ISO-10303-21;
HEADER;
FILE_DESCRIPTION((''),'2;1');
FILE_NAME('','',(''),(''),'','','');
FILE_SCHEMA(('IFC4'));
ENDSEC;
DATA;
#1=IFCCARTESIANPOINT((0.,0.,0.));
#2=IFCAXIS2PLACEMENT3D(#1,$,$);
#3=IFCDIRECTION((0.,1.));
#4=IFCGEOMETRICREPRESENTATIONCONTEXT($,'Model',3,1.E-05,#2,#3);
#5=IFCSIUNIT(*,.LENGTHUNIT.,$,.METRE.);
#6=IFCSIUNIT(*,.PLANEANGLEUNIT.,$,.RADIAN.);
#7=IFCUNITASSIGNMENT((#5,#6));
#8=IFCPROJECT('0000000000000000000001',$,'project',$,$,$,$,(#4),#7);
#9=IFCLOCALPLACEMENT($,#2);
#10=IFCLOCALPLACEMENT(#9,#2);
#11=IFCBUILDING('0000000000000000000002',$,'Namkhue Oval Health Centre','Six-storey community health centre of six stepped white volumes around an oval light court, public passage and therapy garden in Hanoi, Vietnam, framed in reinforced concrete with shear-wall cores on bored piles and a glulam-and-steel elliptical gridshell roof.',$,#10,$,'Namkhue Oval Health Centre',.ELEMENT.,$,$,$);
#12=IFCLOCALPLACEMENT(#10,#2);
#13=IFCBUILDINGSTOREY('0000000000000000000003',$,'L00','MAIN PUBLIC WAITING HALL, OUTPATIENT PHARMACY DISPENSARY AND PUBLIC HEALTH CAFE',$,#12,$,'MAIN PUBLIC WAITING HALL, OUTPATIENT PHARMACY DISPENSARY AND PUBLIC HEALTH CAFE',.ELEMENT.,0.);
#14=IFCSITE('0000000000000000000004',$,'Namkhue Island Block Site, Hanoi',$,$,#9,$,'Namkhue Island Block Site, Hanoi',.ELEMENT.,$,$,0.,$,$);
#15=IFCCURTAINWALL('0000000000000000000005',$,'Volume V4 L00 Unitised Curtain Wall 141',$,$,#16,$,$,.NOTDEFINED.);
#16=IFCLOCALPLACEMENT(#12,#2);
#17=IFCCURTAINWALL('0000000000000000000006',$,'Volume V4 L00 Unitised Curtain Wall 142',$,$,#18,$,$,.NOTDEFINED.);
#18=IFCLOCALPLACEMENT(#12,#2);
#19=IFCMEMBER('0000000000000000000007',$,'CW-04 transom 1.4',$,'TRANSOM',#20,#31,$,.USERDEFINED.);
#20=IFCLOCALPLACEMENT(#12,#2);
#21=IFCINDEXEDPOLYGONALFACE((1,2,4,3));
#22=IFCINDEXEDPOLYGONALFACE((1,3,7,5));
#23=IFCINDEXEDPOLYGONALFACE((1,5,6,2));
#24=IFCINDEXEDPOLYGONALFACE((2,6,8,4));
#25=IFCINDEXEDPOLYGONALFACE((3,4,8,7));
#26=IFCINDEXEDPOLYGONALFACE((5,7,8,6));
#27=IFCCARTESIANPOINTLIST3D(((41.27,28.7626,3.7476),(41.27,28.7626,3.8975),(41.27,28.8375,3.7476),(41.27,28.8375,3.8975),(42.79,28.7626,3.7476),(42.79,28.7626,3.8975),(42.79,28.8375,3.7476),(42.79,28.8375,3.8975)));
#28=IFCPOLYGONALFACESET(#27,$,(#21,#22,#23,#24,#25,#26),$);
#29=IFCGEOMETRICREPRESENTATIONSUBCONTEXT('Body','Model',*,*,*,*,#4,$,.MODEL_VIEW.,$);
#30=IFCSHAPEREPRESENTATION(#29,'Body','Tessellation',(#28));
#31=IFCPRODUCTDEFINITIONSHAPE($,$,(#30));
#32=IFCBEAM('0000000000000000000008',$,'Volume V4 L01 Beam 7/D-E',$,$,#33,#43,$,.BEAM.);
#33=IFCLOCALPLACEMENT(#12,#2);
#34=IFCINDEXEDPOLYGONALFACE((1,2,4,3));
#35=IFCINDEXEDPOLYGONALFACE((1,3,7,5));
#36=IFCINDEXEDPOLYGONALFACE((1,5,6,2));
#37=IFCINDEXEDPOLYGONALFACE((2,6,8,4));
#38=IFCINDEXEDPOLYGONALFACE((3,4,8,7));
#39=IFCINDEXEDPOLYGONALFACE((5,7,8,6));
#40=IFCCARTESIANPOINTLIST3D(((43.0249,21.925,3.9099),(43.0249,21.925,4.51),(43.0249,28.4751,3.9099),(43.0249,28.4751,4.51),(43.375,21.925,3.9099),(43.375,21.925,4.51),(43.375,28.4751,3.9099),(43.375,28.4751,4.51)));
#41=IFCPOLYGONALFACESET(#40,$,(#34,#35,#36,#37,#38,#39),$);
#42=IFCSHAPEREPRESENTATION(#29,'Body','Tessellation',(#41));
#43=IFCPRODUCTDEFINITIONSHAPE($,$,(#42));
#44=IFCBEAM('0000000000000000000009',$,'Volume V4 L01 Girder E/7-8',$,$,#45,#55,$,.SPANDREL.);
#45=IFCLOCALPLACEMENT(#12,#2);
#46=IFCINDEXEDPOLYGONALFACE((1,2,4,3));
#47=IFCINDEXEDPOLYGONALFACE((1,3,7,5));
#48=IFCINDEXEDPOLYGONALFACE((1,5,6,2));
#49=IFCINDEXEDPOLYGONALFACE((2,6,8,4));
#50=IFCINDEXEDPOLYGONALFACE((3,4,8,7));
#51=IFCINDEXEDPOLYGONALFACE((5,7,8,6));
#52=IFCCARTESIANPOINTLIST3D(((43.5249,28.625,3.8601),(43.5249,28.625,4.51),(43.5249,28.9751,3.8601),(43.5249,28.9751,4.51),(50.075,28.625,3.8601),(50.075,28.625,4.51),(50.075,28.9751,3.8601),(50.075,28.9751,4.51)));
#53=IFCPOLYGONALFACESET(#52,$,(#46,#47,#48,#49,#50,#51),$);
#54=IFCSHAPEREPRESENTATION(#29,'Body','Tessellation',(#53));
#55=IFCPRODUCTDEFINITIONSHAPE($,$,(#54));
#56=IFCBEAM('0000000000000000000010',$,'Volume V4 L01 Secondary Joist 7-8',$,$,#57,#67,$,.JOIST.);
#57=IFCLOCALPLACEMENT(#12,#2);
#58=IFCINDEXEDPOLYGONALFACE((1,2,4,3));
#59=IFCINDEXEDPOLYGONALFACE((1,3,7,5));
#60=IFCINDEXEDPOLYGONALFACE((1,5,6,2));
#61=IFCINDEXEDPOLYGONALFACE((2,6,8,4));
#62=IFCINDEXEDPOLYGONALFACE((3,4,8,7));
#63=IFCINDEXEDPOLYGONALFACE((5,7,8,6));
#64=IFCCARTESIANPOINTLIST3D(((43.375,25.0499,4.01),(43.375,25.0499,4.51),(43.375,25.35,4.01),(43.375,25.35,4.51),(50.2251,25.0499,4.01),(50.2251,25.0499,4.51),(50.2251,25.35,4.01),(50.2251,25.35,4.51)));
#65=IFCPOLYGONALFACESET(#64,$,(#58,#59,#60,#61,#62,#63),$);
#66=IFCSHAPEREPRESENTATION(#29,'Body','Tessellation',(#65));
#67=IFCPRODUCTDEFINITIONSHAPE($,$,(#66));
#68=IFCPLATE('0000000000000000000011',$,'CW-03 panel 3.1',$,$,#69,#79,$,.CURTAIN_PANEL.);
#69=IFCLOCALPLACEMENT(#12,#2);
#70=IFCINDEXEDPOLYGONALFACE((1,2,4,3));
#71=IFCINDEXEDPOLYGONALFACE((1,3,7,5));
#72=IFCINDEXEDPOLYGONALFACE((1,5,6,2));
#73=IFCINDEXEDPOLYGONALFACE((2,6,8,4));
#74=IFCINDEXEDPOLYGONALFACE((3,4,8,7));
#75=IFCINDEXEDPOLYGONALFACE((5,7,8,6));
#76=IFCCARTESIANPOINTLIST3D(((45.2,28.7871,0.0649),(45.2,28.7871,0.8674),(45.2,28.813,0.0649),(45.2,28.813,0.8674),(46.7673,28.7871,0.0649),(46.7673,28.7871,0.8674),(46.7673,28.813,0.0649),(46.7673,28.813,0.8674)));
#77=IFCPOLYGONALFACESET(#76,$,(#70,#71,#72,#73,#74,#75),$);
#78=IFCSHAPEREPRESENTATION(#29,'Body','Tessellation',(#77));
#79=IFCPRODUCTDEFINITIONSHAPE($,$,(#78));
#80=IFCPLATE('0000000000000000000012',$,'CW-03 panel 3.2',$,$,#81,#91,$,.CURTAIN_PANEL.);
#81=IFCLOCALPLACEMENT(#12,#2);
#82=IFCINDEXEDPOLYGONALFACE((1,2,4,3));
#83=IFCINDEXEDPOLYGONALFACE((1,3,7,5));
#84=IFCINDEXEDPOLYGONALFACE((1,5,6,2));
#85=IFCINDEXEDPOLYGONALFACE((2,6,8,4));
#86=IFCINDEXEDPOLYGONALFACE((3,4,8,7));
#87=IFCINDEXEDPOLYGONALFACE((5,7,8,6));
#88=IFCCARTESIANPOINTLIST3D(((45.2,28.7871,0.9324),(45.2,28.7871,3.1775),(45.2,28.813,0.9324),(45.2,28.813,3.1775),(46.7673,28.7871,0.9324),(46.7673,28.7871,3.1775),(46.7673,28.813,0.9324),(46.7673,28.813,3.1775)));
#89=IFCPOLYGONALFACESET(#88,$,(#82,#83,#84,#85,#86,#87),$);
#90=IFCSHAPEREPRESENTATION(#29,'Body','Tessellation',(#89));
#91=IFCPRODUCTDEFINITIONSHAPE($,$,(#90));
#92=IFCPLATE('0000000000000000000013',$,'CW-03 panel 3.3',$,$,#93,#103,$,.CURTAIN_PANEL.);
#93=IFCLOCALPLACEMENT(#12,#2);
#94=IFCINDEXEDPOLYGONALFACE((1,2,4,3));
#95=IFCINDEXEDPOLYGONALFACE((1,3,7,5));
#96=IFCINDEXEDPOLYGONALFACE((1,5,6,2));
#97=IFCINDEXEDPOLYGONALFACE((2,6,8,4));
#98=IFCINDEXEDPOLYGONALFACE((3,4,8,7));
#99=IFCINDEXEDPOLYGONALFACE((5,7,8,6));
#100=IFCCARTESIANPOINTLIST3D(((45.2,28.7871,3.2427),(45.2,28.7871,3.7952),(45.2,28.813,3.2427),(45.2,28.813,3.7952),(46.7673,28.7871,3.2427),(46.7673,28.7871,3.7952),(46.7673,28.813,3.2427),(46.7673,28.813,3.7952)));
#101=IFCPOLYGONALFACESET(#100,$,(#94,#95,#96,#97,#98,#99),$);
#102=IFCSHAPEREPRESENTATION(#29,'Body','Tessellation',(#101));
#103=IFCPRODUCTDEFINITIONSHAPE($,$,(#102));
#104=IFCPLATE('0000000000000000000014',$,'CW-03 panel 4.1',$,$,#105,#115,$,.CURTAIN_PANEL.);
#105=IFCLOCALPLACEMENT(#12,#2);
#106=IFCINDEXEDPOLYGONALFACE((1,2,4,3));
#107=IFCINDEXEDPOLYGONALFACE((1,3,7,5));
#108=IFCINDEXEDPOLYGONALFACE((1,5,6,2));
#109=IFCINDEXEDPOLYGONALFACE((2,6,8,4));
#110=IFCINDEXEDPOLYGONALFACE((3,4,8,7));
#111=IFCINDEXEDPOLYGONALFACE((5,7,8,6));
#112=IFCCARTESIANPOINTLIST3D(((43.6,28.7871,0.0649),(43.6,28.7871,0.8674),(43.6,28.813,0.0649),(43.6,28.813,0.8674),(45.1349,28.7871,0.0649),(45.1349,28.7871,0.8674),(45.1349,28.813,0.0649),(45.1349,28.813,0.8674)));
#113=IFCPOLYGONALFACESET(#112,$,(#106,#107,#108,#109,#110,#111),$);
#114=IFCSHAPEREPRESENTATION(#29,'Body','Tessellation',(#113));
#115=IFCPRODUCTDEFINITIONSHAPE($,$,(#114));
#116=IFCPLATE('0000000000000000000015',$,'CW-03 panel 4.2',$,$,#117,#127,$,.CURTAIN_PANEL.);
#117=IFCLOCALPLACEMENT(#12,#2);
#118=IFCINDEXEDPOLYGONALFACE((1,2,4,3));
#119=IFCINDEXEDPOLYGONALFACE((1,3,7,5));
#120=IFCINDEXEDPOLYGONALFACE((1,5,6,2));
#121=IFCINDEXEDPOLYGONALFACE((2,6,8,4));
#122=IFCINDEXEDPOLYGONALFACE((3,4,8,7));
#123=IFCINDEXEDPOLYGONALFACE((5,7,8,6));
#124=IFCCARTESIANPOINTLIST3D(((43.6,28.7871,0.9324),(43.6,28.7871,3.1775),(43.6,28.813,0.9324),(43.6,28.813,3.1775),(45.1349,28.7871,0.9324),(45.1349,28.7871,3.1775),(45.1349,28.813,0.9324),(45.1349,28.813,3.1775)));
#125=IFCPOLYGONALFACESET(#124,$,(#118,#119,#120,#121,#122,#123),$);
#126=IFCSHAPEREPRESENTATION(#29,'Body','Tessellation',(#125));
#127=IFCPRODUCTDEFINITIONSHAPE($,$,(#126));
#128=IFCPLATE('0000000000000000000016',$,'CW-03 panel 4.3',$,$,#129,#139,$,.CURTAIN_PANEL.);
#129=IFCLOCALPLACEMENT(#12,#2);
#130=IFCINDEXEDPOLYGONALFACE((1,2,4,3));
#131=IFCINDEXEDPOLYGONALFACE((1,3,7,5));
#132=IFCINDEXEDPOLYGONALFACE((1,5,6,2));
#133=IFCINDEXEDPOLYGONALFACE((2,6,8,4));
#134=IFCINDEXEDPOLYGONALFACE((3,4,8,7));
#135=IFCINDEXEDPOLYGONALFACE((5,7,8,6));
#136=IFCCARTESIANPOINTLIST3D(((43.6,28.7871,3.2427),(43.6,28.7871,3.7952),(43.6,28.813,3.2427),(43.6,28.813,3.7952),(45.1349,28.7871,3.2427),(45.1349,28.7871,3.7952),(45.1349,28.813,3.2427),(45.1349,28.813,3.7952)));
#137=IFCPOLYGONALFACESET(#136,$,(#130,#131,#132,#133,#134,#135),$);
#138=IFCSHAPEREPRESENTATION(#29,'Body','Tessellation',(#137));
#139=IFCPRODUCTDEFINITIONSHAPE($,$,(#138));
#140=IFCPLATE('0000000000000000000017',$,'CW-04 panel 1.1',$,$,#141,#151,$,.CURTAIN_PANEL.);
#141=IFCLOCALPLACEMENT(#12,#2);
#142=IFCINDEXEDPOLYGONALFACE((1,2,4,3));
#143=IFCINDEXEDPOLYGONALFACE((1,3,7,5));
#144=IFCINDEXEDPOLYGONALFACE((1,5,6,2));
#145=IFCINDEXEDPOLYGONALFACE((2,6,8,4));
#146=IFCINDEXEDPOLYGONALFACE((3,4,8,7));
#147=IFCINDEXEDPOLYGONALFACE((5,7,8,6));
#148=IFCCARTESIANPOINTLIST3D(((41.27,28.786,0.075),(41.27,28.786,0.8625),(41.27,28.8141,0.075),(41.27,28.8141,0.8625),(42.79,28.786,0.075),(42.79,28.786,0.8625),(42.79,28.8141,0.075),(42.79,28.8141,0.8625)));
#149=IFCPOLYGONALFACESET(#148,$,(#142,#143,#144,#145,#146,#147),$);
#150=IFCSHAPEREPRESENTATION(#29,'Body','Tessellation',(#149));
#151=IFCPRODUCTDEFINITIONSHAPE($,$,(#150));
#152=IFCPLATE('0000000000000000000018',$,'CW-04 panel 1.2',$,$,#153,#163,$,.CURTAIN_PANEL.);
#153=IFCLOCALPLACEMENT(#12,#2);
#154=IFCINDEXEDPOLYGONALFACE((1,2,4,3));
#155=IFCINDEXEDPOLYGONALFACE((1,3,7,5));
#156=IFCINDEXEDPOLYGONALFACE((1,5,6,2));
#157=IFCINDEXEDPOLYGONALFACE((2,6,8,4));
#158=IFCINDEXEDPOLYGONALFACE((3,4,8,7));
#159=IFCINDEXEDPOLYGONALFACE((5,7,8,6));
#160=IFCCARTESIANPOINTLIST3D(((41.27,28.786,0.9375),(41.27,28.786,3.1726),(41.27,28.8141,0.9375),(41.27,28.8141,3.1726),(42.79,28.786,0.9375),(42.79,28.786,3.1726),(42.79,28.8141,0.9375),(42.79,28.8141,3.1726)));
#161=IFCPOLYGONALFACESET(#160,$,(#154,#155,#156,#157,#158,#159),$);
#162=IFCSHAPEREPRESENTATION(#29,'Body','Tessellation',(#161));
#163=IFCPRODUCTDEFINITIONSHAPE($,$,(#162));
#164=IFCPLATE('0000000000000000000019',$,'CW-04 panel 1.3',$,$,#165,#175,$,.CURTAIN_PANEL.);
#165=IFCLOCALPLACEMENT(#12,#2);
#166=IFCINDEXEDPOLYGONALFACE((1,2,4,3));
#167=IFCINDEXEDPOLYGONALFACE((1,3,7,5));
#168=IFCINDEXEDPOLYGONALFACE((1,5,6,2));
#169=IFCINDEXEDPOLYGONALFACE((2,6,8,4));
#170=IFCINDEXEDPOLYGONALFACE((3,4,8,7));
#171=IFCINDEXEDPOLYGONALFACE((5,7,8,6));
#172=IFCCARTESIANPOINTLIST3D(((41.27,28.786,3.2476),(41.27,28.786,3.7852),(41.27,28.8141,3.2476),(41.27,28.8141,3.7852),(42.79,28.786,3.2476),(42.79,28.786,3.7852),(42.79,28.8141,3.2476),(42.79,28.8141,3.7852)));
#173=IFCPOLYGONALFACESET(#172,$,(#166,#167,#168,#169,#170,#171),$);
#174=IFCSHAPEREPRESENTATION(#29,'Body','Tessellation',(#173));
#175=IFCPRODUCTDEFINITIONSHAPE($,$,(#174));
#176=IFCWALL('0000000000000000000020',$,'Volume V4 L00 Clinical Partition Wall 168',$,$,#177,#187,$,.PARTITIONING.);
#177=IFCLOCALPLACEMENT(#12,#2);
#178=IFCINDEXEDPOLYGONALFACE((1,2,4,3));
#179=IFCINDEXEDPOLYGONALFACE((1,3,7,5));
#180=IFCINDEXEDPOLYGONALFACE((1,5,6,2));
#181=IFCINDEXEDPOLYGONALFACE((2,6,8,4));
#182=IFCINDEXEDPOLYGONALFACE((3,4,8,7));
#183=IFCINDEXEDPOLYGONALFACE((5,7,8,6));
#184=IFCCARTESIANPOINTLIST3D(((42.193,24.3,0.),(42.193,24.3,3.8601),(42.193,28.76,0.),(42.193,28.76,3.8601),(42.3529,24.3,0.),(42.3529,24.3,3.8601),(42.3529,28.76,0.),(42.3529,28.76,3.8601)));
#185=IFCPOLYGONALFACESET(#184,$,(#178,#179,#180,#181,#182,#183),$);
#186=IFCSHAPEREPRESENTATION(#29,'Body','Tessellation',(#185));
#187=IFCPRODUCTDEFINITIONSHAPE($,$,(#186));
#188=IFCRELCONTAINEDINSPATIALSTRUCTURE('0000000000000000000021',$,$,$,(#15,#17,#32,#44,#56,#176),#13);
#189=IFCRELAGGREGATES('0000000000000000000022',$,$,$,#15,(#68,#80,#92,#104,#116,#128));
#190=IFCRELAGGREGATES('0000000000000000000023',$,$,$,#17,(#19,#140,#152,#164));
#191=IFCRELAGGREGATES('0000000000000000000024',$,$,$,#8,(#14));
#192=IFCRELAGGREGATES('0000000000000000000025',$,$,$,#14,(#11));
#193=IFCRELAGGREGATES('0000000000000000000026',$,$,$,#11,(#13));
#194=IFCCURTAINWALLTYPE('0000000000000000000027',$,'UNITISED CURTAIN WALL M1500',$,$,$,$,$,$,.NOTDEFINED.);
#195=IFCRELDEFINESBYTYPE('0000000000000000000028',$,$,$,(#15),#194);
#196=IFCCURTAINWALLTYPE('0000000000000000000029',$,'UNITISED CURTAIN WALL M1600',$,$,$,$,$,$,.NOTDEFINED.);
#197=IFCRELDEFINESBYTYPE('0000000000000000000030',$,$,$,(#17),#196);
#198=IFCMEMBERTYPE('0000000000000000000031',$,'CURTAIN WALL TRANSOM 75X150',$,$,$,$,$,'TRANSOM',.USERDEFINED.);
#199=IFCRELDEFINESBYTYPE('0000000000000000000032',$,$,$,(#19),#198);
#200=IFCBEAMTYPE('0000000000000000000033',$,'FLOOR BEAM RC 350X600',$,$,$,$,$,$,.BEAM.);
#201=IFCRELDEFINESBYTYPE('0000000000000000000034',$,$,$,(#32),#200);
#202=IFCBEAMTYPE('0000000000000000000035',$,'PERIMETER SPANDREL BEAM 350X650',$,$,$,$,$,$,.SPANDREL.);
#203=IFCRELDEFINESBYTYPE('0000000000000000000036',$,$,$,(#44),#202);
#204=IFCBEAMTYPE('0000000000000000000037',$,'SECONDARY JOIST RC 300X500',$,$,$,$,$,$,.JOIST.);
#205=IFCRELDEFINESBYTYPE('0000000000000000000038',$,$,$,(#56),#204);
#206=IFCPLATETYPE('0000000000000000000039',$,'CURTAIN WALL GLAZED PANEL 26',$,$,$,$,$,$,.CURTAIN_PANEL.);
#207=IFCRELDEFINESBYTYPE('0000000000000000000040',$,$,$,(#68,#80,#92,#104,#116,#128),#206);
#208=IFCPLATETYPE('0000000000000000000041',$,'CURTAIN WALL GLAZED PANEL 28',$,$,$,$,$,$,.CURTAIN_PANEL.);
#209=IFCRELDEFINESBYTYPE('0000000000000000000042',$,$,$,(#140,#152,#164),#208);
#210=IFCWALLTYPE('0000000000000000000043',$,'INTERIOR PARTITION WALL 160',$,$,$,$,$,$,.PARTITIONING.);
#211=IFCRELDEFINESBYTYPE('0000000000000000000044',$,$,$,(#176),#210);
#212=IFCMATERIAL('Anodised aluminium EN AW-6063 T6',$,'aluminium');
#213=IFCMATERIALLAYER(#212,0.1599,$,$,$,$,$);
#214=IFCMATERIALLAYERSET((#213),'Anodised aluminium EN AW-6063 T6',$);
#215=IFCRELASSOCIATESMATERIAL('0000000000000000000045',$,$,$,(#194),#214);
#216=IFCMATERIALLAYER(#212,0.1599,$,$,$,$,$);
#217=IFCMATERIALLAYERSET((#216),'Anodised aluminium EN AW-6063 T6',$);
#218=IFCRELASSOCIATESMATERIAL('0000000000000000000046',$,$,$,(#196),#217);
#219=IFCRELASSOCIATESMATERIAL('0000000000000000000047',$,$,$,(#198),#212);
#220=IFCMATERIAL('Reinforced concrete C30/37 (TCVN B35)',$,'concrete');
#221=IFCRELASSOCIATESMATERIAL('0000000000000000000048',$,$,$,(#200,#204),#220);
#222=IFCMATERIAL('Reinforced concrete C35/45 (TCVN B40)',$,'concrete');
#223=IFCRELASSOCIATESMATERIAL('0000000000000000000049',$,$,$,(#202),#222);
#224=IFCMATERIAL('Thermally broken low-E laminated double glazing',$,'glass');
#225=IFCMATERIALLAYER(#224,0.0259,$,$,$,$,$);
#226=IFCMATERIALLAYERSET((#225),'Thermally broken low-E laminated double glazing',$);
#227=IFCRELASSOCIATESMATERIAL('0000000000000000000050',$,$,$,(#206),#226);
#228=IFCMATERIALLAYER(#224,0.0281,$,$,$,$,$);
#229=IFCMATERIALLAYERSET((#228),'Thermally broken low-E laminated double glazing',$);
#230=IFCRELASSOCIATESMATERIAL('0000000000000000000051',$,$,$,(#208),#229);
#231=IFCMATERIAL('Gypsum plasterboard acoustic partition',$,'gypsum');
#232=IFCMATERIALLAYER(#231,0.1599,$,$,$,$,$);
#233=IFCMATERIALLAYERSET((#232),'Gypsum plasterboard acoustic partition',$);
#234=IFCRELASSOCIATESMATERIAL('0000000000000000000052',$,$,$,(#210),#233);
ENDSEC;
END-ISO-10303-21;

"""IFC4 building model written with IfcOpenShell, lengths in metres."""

from ifc_helpers import new_model, si_unit, direction, frame, frame_2d, origin, origin_2d, place, context, subcontext, project, spatial, rectangle, extrude, material, layer, layer_set, material_profile, profile_set, type_object, element, aggregate, save


model = new_model("IFC4")

# Units and contexts
model_context = context("Model", 3, precision=1e-05, world=origin(), true_north=direction((0.0, 1.0)))
body_context = subcontext(model_context, "Body", "Model", "MODEL_VIEW")
ifc_project = project(units=[si_unit("LENGTHUNIT", "METRE"), si_unit("PLANEANGLEUNIT", "RADIAN")], contexts=[model_context])

# Site, building, storey
site_placement = place(None, origin())
site = spatial("IfcSite", under=ifc_project, at=site_placement, Name="Namkhue Island Block Site, Hanoi", LongName="Namkhue Island Block Site, Hanoi", CompositionType="ELEMENT", RefElevation=0.0)
building_placement = place(site_placement, origin())
building = spatial("IfcBuilding", under=site, at=building_placement, Name="Namkhue Oval Health Centre", Description="Six-storey community health centre of six stepped white volumes around an oval light court, public passage and therapy garden in Hanoi, Vietnam, framed in reinforced concrete with shear-wall cores on bored piles and a glulam-and-steel elliptical gridshell roof.", LongName="Namkhue Oval Health Centre", CompositionType="ELEMENT")
storey_placement = place(building_placement, origin())
storey = spatial("IfcBuildingStorey", under=building, at=storey_placement, Name="L00", Description="MAIN PUBLIC WAITING HALL, OUTPATIENT PHARMACY DISPENSARY AND PUBLIC HEALTH CAFE", LongName="MAIN PUBLIC WAITING HALL, OUTPATIENT PHARMACY DISPENSARY AND PUBLIC HEALTH CAFE", CompositionType="ELEMENT", Elevation=0.0)

# Shared definitions
ifc_material_1 = material(Name="Reinforced concrete C30/37 (TCVN B35)", Category="concrete")

# Shared definitions
ifc_material_2 = material(Name="Reinforced concrete C35/45 (TCVN B40)", Category="concrete")

# Curtain walls
ifc_material_3 = material(Name="Anodised aluminium EN AW-6063 T6", Category="aluminium")
ifc_layer_1 = layer(ifc_material_3, 0.1599)
ifc_layer_set_1 = layer_set([ifc_layer_1], Name="Anodised aluminium EN AW-6063 T6")
curtain_wall_type_1 = type_object("IfcCurtainWallType", Name="UNITISED CURTAIN WALL M1500", PredefinedType="NOTDEFINED", material=ifc_layer_set_1)
curtain_wall_1_placement = place(storey_placement, origin())
curtain_wall_1 = element("IfcCurtainWall", 1, at=curtain_wall_1_placement, inside=storey, type_object=curtain_wall_type_1, Name="Volume V4 L00 Unitised Curtain Wall 141", PredefinedType="NOTDEFINED")
ifc_layer_2 = layer(ifc_material_3, 0.1599)
ifc_layer_set_2 = layer_set([ifc_layer_2], Name="Anodised aluminium EN AW-6063 T6")
curtain_wall_type_2 = type_object("IfcCurtainWallType", Name="UNITISED CURTAIN WALL M1600", PredefinedType="NOTDEFINED", material=ifc_layer_set_2)
curtain_wall_2_placement = place(storey_placement, origin())
curtain_wall_2 = element("IfcCurtainWall", 2, at=curtain_wall_2_placement, inside=storey, type_object=curtain_wall_type_2, Name="Volume V4 L00 Unitised Curtain Wall 142", PredefinedType="NOTDEFINED")

# Member
ifc_material_profile_1 = material_profile(ifc_material_3, rectangle(XDim=0.075, YDim=0.1499, at=origin_2d()), Name="ALU 75x150")
ifc_profile_set_1 = profile_set([ifc_material_profile_1], Name="Anodised aluminium EN AW-6063 T6")
member_type_1 = type_object("IfcMemberType", Name="CURTAIN WALL TRANSOM 75X150", ElementType="TRANSOM", PredefinedType="USERDEFINED", material=ifc_profile_set_1)
member_1_placement = place(storey_placement, frame((42.79, 28.8, 3.8225), z_axis=(-1.0, 0.0, 0.0), x_axis=(0.0, -1.0, 0.0)))
member_1 = element("IfcMember", 3, at=member_1_placement, type_object=member_type_1, Name="CW-04 transom 1.4", ObjectType="TRANSOM", PredefinedType="USERDEFINED", context=body_context, shape_type="SweptSolid", body=[
    extrude(rectangle(XDim=0.075, YDim=0.1499, at=origin_2d()), origin(), (0.0, 0.0, 1.0), 1.52),
])

# Beams
ifc_material_profile_2 = material_profile(ifc_material_1, rectangle(XDim=0.3501, YDim=0.6001, at=origin_2d()), Name="RC 350x600")
ifc_profile_set_2 = profile_set([ifc_material_profile_2], Name="Reinforced concrete C30/37 (TCVN B35)")
beam_type_1 = type_object("IfcBeamType", Name="FLOOR BEAM RC 350X600", PredefinedType="BEAM", material=ifc_profile_set_2)
beam_1_placement = place(storey_placement, frame((43.2, 21.925, 4.21), z_axis=(0.0, 1.0, 0.0), x_axis=(-1.0, 0.0, 0.0)))
element("IfcBeam", 4, at=beam_1_placement, inside=storey, type_object=beam_type_1, Name="Volume V4 L01 Beam 7/D-E", PredefinedType="BEAM", context=body_context, shape_type="SweptSolid", body=[
    extrude(rectangle(XDim=0.3501, YDim=0.6001, at=origin_2d()), origin(), (0.0, 0.0, 1.0), 6.55),
])
ifc_material_profile_3 = material_profile(ifc_material_2, rectangle(XDim=0.3501, YDim=0.6499, at=origin_2d()), Name="RC 350x650")
ifc_profile_set_3 = profile_set([ifc_material_profile_3], Name="Reinforced concrete C35/45 (TCVN B40)")
beam_type_2 = type_object("IfcBeamType", Name="PERIMETER SPANDREL BEAM 350X650", PredefinedType="SPANDREL", material=ifc_profile_set_3)
beam_2_placement = place(storey_placement, frame((43.5249, 28.8, 4.1851), z_axis=(1.0, 0.0, 0.0), x_axis=(0.0, 1.0, 0.0)))
element("IfcBeam", 5, at=beam_2_placement, inside=storey, type_object=beam_type_2, Name="Volume V4 L01 Girder E/7-8", PredefinedType="SPANDREL", context=body_context, shape_type="SweptSolid", body=[
    extrude(rectangle(XDim=0.3501, YDim=0.6499, at=origin_2d()), origin(), (0.0, 0.0, 1.0), 6.55),
])
ifc_material_profile_4 = material_profile(ifc_material_1, rectangle(XDim=0.3, YDim=0.5, at=origin_2d()), Name="RC 300x500")
ifc_profile_set_4 = profile_set([ifc_material_profile_4], Name="Reinforced concrete C30/37 (TCVN B35)")
beam_type_3 = type_object("IfcBeamType", Name="SECONDARY JOIST RC 300X500", PredefinedType="JOIST", material=ifc_profile_set_4)
beam_3_placement = place(storey_placement, frame((43.375, 25.2, 4.26), z_axis=(1.0, 0.0, 0.0), x_axis=(0.0, 1.0, 0.0)))
element("IfcBeam", 6, at=beam_3_placement, inside=storey, type_object=beam_type_3, Name="Volume V4 L01 Secondary Joist 7-8", PredefinedType="JOIST", context=body_context, shape_type="SweptSolid", body=[
    extrude(rectangle(XDim=0.3, YDim=0.5, at=origin_2d()), origin(), (0.0, 0.0, 1.0), 6.8501),
])

# Plates
ifc_material_4 = material(Name="Thermally broken low-E laminated double glazing", Category="glass")
ifc_layer_3 = layer(ifc_material_4, 0.0259)
ifc_layer_set_3 = layer_set([ifc_layer_3], Name="Thermally broken low-E laminated double glazing")
plate_type_1 = type_object("IfcPlateType", Name="CURTAIN WALL GLAZED PANEL 26", PredefinedType="CURTAIN_PANEL", material=ifc_layer_set_3)
plate_1_placement = place(storey_placement, frame((45.9836, 28.8, 0.0649), z_axis=(0.0, 0.0, 1.0), x_axis=(-1.0, 0.0, 0.0)))
plate_1 = element("IfcPlate", 7, at=plate_1_placement, type_object=plate_type_1, Name="CW-03 panel 3.1", PredefinedType="CURTAIN_PANEL", context=body_context, shape_type="SweptSolid", body=[
    extrude(rectangle(XDim=1.5674, YDim=0.0259, at=origin_2d()), origin(), (0.0, 0.0, 1.0), 0.8025),
])
plate_2_placement = place(storey_placement, frame((45.9836, 28.8, 0.9324), z_axis=(0.0, 0.0, 1.0), x_axis=(-1.0, 0.0, 0.0)))
plate_2 = element("IfcPlate", 8, at=plate_2_placement, type_object=plate_type_1, Name="CW-03 panel 3.2", PredefinedType="CURTAIN_PANEL", context=body_context, shape_type="SweptSolid", body=[
    extrude(rectangle(XDim=1.5674, YDim=0.0259, at=origin_2d()), origin(), (0.0, 0.0, 1.0), 2.2451),
])
plate_3_placement = place(storey_placement, frame((45.9836, 28.8, 3.2427), z_axis=(0.0, 0.0, 1.0), x_axis=(-1.0, 0.0, 0.0)))
plate_3 = element("IfcPlate", 9, at=plate_3_placement, type_object=plate_type_1, Name="CW-03 panel 3.3", PredefinedType="CURTAIN_PANEL", context=body_context, shape_type="SweptSolid", body=[
    extrude(rectangle(XDim=1.5674, YDim=0.0259, at=origin_2d()), origin(), (0.0, 0.0, 1.0), 0.5525),
])
plate_4_placement = place(storey_placement, frame((44.3674, 28.8, 0.0649), z_axis=(0.0, 0.0, 1.0), x_axis=(-1.0, 0.0, 0.0)))
plate_4 = element("IfcPlate", 10, at=plate_4_placement, type_object=plate_type_1, Name="CW-03 panel 4.1", PredefinedType="CURTAIN_PANEL", context=body_context, shape_type="SweptSolid", body=[
    extrude(rectangle(XDim=1.5349, YDim=0.0259, at=origin_2d()), origin(), (0.0, 0.0, 1.0), 0.8025),
])
plate_5_placement = place(storey_placement, frame((44.3674, 28.8, 0.9324), z_axis=(0.0, 0.0, 1.0), x_axis=(-1.0, 0.0, 0.0)))
plate_5 = element("IfcPlate", 11, at=plate_5_placement, type_object=plate_type_1, Name="CW-03 panel 4.2", PredefinedType="CURTAIN_PANEL", context=body_context, shape_type="SweptSolid", body=[
    extrude(rectangle(XDim=1.5349, YDim=0.0259, at=origin_2d()), origin(), (0.0, 0.0, 1.0), 2.2451),
])
plate_6_placement = place(storey_placement, frame((44.3674, 28.8, 3.2427), z_axis=(0.0, 0.0, 1.0), x_axis=(-1.0, 0.0, 0.0)))
plate_6 = element("IfcPlate", 12, at=plate_6_placement, type_object=plate_type_1, Name="CW-03 panel 4.3", PredefinedType="CURTAIN_PANEL", context=body_context, shape_type="SweptSolid", body=[
    extrude(rectangle(XDim=1.5349, YDim=0.0259, at=origin_2d()), origin(), (0.0, 0.0, 1.0), 0.5525),
])
aggregate(curtain_wall_1, [plate_1, plate_2, plate_3, plate_4, plate_5, plate_6])
ifc_layer_4 = layer(ifc_material_4, 0.0281)
ifc_layer_set_4 = layer_set([ifc_layer_4], Name="Thermally broken low-E laminated double glazing")
plate_type_2 = type_object("IfcPlateType", Name="CURTAIN WALL GLAZED PANEL 28", PredefinedType="CURTAIN_PANEL", material=ifc_layer_set_4)
plate_7_placement = place(storey_placement, frame((42.03, 28.8, 0.075), z_axis=(0.0, 0.0, 1.0), x_axis=(-1.0, 0.0, 0.0)))
plate_7 = element("IfcPlate", 13, at=plate_7_placement, type_object=plate_type_2, Name="CW-04 panel 1.1", PredefinedType="CURTAIN_PANEL", context=body_context, shape_type="SweptSolid", body=[
    extrude(rectangle(XDim=1.52, YDim=0.0281, at=origin_2d()), origin(), (0.0, 0.0, 1.0), 0.7876),
])
plate_8_placement = place(storey_placement, frame((42.03, 28.8, 0.9375), z_axis=(0.0, 0.0, 1.0), x_axis=(-1.0, 0.0, 0.0)))
plate_8 = element("IfcPlate", 14, at=plate_8_placement, type_object=plate_type_2, Name="CW-04 panel 1.2", PredefinedType="CURTAIN_PANEL", context=body_context, shape_type="SweptSolid", body=[
    extrude(rectangle(XDim=1.52, YDim=0.0281, at=origin_2d()), origin(), (0.0, 0.0, 1.0), 2.2351),
])
plate_9_placement = place(storey_placement, frame((42.03, 28.8, 3.2476), z_axis=(0.0, 0.0, 1.0), x_axis=(-1.0, 0.0, 0.0)))
plate_9 = element("IfcPlate", 15, at=plate_9_placement, type_object=plate_type_2, Name="CW-04 panel 1.3", PredefinedType="CURTAIN_PANEL", context=body_context, shape_type="SweptSolid", body=[
    extrude(rectangle(XDim=1.52, YDim=0.0281, at=origin_2d()), origin(), (0.0, 0.0, 1.0), 0.5376),
])
aggregate(curtain_wall_2, [member_1, plate_7, plate_8, plate_9])

# Wall
ifc_material_5 = material(Name="Gypsum plasterboard acoustic partition", Category="gypsum")
ifc_layer_5 = layer(ifc_material_5, 0.1599)
ifc_layer_set_5 = layer_set([ifc_layer_5], Name="Gypsum plasterboard acoustic partition")
wall_type = type_object("IfcWallType", Name="INTERIOR PARTITION WALL 160", PredefinedType="PARTITIONING", material=ifc_layer_set_5)
wall_placement = place(storey_placement, frame((42.2729, 24.3, 0.0), z_axis=(0.0, 0.0, 1.0), x_axis=(0.0, 1.0, 0.0)))
element("IfcWall", 16, at=wall_placement, inside=storey, type_object=wall_type, Name="Volume V4 L00 Clinical Partition Wall 168", PredefinedType="PARTITIONING", context=body_context, shape_type="SweptSolid", body=[
    extrude(rectangle(XDim=4.46, YDim=0.1599, at=frame_2d((2.23, 0.0))), origin(), (0.0, 0.0, 1.0), 3.8601),
])

save(model, "model.ifc")
